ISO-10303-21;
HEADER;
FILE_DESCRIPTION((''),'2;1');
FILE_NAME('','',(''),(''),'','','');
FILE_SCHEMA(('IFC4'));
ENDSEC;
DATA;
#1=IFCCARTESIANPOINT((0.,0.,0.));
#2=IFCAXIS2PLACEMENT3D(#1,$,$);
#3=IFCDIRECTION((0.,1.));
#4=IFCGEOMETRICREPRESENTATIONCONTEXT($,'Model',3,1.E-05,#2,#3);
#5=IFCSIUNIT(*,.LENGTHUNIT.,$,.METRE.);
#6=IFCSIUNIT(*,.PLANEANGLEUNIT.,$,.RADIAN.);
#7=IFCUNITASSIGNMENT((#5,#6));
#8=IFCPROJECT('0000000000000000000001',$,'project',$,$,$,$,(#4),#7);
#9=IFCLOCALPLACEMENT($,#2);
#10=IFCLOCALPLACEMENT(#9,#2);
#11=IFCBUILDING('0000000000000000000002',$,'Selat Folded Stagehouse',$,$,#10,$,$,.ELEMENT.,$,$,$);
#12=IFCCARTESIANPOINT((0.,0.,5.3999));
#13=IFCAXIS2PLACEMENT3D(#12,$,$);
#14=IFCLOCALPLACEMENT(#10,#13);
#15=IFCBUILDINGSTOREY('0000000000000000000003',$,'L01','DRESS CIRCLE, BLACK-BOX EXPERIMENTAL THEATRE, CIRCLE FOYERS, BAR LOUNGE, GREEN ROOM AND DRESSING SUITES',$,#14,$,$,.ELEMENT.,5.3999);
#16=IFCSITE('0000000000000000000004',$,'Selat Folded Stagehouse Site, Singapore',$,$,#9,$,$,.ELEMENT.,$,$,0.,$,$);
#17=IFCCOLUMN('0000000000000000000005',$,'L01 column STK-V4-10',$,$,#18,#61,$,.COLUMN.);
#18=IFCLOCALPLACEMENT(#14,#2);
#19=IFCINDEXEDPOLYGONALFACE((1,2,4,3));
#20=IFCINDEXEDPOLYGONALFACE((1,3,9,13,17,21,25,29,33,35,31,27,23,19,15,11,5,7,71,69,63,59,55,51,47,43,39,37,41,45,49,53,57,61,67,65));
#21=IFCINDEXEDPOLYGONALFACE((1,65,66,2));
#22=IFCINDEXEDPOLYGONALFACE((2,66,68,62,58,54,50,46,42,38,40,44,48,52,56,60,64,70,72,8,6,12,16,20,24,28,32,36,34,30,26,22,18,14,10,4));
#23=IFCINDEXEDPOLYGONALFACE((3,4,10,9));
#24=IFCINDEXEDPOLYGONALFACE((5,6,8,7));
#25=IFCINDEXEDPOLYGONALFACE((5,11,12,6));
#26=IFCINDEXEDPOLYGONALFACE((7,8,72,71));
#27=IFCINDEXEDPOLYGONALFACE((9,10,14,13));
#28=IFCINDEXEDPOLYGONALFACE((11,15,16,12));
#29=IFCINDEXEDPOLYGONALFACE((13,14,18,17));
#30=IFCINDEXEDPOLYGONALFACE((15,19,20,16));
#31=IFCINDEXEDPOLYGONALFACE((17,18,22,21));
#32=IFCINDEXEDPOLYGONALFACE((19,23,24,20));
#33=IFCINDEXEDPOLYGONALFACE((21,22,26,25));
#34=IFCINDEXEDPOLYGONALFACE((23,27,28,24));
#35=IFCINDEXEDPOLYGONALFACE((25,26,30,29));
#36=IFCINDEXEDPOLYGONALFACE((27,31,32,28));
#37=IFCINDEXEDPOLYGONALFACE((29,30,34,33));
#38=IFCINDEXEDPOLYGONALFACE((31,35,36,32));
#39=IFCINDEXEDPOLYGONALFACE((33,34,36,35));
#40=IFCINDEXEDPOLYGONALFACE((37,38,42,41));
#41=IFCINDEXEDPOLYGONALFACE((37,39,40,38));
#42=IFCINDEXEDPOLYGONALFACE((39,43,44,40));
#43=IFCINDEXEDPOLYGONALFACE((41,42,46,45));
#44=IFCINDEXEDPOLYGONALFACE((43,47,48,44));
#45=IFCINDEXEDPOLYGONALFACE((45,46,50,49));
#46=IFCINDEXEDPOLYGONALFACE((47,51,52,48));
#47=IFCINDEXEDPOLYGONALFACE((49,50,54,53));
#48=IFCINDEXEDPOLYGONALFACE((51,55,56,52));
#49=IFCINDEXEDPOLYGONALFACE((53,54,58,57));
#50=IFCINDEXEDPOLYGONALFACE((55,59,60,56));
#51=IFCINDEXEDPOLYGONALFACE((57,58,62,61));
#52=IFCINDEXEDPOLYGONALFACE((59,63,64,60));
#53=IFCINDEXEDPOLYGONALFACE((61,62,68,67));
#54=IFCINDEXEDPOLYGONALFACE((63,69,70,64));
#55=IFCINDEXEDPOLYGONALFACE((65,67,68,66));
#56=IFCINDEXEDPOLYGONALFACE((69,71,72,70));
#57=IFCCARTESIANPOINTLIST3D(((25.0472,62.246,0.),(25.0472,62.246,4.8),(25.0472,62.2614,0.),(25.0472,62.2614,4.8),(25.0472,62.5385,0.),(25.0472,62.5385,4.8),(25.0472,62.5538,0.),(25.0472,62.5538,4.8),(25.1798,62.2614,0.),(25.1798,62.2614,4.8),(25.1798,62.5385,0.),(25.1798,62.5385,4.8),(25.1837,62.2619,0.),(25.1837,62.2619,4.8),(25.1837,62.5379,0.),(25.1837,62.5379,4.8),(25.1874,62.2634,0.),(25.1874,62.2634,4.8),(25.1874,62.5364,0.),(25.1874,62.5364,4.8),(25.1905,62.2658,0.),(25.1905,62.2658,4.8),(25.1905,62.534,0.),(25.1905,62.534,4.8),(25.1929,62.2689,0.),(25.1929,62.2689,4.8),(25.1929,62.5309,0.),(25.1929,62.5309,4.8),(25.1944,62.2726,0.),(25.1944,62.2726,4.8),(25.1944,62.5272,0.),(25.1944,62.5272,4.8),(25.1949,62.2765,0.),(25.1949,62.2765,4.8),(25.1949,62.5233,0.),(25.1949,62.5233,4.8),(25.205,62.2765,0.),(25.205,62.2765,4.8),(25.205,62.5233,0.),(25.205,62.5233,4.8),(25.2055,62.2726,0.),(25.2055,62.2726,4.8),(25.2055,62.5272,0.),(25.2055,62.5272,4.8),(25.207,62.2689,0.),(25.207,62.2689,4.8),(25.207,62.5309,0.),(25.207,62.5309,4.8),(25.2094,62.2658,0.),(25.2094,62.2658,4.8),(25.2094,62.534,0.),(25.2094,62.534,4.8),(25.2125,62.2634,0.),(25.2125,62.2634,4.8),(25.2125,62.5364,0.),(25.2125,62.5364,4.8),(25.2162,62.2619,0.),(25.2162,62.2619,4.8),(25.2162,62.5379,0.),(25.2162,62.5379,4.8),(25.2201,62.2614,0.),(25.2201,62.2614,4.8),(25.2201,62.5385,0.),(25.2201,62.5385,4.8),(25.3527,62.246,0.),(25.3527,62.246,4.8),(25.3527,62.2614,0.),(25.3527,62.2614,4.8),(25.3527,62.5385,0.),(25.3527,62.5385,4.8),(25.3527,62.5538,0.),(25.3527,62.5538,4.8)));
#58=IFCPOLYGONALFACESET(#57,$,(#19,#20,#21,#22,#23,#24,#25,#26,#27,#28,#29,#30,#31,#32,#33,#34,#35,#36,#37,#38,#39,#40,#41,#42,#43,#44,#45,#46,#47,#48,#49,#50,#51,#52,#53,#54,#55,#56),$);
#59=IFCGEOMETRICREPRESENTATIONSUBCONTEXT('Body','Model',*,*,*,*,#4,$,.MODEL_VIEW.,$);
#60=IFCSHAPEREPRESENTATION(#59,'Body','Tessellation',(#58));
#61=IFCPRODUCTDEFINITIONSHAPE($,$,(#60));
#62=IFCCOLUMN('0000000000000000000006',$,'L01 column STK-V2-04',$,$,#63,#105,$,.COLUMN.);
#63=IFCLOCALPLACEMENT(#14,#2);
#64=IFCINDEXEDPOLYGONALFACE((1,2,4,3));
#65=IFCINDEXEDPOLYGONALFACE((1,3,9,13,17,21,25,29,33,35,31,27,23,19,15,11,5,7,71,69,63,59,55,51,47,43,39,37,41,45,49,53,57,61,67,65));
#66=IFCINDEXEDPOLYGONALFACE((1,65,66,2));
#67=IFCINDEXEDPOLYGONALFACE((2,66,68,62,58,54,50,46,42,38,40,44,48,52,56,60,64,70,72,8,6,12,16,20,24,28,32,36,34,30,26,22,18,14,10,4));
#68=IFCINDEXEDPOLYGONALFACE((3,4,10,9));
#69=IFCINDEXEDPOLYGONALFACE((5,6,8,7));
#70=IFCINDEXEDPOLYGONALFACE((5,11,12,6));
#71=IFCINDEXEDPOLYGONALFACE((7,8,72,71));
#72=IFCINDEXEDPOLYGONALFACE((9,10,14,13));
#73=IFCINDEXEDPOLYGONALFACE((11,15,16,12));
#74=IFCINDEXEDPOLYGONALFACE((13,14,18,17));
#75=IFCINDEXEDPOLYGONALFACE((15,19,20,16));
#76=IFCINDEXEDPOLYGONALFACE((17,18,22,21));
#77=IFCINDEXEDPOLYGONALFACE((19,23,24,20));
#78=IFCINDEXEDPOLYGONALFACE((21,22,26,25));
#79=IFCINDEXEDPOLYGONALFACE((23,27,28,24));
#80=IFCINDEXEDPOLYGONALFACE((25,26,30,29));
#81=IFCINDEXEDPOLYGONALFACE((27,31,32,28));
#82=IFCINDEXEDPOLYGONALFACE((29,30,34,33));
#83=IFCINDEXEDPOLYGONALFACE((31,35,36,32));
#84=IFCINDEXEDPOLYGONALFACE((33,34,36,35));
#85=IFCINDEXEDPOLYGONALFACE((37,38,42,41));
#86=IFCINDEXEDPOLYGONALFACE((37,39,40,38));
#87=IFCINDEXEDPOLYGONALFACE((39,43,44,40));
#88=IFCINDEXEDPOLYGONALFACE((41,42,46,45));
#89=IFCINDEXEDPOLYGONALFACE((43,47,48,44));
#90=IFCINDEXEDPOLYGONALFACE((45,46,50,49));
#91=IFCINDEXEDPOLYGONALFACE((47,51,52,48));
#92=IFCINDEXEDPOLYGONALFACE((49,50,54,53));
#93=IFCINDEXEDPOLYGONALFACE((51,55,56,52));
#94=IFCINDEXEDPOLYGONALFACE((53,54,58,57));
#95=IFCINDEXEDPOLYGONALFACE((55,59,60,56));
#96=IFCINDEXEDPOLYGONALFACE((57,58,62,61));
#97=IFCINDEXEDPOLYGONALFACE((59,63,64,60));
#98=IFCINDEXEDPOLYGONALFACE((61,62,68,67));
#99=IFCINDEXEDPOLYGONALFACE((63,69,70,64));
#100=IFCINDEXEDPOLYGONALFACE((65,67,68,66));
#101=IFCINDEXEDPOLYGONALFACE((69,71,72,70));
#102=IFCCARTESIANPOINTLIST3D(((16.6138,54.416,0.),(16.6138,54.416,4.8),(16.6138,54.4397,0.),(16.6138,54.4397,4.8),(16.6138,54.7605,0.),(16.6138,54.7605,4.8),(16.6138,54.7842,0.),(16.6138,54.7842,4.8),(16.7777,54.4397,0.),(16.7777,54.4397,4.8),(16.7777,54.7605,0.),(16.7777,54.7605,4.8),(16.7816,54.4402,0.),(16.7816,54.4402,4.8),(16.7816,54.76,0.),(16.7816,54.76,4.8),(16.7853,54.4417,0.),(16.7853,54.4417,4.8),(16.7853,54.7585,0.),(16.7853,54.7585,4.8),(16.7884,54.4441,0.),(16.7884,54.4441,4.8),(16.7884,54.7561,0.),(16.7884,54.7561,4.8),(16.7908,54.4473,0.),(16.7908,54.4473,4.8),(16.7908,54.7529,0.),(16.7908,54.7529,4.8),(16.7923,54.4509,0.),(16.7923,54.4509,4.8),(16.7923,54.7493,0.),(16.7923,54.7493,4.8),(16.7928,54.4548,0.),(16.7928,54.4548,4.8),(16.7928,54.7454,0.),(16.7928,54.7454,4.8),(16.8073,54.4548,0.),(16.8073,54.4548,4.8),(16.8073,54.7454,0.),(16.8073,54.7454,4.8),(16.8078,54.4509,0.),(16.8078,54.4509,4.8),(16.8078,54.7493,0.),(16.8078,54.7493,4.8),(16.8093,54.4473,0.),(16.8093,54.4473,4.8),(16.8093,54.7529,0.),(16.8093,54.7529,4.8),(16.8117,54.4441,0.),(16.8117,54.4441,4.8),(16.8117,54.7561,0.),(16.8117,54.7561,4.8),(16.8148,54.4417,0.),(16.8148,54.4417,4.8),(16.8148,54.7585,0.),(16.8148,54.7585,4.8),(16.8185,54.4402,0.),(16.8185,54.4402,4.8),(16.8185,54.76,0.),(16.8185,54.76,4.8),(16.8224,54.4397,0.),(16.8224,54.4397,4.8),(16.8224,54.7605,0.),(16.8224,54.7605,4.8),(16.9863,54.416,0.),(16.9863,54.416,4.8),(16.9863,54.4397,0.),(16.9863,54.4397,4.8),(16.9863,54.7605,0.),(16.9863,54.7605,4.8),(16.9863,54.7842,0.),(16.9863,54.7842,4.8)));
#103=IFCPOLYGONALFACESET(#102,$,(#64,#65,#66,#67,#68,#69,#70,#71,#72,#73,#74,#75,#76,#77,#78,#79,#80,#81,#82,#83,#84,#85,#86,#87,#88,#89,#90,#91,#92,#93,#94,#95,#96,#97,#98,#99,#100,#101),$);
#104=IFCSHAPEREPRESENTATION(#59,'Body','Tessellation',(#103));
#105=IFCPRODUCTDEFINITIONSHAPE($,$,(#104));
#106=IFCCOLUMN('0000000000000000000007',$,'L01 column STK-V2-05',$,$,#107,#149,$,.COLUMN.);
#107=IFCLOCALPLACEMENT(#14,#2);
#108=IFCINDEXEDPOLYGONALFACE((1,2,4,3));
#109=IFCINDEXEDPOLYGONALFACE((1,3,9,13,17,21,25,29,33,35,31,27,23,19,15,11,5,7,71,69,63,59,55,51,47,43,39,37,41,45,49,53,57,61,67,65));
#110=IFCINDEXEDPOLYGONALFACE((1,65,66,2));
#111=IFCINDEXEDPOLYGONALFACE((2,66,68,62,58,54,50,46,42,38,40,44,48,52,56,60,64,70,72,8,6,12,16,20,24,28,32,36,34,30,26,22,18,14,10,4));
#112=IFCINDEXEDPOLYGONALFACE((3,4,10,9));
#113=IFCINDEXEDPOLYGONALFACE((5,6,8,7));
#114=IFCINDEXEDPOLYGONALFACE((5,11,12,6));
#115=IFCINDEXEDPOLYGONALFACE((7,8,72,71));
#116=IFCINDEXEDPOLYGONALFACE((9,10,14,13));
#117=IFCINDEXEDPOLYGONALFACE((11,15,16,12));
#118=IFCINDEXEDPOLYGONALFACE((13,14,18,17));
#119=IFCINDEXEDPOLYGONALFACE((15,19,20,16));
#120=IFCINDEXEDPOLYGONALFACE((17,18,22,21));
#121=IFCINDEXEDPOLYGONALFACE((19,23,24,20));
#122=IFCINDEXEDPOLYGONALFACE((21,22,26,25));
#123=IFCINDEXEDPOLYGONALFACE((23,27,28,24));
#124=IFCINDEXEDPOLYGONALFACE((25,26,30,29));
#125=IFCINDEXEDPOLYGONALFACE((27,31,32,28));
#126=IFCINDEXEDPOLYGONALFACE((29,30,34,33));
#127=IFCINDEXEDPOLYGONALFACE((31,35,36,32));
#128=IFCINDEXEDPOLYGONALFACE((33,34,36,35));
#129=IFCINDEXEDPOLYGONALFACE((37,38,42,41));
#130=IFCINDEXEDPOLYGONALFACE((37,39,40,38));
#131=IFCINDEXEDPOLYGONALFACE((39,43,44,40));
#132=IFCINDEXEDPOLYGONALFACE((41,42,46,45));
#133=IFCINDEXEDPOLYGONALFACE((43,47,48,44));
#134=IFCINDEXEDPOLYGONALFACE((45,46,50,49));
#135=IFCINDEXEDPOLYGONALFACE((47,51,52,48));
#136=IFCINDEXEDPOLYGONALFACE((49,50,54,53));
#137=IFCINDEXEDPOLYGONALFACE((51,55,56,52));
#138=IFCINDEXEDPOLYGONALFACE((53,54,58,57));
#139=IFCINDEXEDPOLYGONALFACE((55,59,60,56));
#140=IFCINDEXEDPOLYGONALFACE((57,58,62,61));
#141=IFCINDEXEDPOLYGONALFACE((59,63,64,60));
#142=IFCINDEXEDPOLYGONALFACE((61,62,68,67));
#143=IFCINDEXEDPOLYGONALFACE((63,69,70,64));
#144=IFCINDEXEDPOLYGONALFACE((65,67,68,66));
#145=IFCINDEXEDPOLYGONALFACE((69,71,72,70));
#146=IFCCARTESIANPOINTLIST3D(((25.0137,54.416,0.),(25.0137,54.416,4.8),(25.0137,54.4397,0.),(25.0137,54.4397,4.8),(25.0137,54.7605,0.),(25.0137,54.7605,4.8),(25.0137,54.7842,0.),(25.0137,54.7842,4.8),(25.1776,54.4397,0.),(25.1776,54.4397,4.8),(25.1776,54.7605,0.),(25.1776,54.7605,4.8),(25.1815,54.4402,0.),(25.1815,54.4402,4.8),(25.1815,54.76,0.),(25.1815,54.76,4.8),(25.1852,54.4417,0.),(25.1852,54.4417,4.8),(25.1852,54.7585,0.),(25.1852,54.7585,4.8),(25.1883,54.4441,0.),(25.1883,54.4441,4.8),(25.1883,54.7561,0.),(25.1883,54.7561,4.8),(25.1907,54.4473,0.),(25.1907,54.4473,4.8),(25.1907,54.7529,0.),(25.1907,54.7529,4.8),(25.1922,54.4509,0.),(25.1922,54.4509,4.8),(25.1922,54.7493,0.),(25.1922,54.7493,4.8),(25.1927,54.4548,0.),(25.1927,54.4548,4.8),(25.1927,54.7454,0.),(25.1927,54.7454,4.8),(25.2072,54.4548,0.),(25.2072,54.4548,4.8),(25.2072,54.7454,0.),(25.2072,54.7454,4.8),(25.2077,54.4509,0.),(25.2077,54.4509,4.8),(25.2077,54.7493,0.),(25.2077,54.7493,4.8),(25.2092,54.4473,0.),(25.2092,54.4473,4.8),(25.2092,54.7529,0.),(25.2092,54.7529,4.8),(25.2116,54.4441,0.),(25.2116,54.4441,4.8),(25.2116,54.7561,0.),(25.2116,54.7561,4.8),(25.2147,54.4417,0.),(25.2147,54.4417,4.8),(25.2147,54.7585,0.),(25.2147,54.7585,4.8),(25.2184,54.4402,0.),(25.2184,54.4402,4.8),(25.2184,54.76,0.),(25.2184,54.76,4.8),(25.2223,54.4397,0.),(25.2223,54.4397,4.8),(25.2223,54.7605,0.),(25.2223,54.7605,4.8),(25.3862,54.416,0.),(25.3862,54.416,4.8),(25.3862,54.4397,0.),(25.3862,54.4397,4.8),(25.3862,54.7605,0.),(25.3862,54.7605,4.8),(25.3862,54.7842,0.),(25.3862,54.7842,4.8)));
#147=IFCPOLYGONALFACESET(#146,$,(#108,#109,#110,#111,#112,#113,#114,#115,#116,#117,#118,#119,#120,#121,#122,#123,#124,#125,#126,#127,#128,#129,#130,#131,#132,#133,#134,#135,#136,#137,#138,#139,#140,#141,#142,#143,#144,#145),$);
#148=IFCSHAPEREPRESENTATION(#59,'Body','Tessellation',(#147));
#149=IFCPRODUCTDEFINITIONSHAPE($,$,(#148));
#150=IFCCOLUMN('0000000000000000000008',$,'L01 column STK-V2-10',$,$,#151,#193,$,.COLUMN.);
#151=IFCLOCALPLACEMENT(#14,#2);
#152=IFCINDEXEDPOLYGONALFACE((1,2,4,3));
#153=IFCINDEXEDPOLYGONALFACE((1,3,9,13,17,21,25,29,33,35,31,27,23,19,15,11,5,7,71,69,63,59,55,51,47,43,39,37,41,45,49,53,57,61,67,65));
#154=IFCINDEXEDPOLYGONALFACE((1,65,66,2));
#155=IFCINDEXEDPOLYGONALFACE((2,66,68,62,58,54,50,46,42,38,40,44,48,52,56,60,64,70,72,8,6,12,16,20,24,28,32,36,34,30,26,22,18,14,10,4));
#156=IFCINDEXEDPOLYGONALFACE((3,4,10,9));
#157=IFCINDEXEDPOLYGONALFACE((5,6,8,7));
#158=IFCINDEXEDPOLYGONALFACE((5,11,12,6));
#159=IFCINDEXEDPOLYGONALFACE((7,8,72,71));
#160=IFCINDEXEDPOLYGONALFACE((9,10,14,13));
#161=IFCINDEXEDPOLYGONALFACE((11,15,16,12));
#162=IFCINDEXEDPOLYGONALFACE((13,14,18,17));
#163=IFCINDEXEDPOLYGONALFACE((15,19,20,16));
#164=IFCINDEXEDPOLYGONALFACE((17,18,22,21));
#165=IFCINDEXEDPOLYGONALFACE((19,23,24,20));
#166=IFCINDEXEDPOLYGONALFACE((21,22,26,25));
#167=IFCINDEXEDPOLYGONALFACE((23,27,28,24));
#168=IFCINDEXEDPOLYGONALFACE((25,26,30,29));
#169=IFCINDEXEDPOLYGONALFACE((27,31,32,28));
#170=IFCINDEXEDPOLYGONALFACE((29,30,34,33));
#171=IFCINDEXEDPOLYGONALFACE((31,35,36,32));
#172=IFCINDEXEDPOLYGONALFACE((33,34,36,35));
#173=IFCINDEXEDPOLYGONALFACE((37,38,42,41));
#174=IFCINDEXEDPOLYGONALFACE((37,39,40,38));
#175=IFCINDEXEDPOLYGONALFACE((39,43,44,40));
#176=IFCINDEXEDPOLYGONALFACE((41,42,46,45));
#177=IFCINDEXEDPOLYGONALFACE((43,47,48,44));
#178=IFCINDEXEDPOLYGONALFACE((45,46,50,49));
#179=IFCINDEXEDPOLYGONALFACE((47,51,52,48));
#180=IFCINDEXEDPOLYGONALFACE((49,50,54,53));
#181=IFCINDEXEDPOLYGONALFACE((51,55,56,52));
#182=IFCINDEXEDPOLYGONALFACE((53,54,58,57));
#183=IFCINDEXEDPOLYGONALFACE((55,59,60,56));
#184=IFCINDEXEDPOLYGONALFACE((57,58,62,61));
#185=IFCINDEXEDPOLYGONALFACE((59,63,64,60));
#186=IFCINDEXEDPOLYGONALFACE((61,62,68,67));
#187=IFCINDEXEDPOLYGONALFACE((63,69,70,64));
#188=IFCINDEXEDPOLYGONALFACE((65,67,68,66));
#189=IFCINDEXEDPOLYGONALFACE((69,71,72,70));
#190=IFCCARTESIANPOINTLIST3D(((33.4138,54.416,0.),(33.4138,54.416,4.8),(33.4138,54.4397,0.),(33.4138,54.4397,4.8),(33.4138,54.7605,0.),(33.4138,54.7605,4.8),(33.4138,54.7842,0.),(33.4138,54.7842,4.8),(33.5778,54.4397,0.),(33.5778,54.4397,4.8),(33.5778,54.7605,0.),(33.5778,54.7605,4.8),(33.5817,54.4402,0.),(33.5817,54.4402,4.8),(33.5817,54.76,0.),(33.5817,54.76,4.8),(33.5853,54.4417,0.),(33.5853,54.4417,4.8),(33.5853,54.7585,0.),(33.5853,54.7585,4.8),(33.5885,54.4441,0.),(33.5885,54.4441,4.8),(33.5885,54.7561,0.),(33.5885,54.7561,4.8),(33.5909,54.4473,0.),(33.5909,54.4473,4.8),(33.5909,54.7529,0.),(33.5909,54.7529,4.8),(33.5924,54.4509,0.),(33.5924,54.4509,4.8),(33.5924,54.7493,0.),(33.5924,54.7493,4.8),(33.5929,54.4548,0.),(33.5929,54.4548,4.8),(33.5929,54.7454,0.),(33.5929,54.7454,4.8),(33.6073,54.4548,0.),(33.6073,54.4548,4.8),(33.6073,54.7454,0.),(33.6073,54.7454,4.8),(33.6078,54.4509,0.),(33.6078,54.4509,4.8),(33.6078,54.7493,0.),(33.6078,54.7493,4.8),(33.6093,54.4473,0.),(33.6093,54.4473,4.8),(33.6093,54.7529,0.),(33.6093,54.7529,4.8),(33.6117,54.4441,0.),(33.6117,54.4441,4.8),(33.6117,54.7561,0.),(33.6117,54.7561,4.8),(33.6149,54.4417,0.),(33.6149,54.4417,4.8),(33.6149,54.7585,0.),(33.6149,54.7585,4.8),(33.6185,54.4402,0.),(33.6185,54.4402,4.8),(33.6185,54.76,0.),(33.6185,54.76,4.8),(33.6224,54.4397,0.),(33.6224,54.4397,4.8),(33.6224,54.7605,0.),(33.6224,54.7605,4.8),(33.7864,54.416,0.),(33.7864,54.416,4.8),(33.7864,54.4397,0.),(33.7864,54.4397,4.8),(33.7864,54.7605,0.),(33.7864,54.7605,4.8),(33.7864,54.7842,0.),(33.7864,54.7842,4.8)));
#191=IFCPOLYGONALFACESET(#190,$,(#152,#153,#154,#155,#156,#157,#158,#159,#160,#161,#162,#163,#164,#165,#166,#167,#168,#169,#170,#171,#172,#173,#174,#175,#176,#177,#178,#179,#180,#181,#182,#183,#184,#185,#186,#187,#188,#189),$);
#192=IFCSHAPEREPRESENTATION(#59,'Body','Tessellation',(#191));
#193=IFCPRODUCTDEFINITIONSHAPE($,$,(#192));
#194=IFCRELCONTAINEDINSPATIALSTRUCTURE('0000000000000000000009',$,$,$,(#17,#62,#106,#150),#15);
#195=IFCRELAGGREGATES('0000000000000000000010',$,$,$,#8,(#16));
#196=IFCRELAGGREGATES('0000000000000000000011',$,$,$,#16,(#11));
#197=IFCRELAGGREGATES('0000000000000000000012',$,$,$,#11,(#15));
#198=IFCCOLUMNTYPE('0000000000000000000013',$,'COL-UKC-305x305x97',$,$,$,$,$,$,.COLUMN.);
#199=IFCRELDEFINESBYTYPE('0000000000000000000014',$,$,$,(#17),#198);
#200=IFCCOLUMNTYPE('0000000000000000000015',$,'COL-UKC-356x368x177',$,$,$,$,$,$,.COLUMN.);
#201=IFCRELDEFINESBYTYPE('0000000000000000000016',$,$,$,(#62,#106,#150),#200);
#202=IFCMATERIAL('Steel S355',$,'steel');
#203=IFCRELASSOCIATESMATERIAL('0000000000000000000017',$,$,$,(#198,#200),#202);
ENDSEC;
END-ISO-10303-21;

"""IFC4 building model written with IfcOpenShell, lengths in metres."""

from ifc_helpers import new_model, si_unit, direction, frame, origin, origin_2d, place, context, subcontext, project, spatial, i_section, extrude, material, material_profile, profile_set, type_object, element, save


model = new_model("IFC4")

# Units and contexts
model_context = context("Model", 3, precision=1e-05, world=origin(), true_north=direction((0.0, 1.0)))
body_context = subcontext(model_context, "Body", "Model", "MODEL_VIEW")
ifc_project = project(units=[si_unit("LENGTHUNIT", "METRE"), si_unit("PLANEANGLEUNIT", "RADIAN")], contexts=[model_context])

# Site, building, storey
site_placement = place(None, origin())
site = spatial("IfcSite", under=ifc_project, at=site_placement, Name="Selat Folded Stagehouse Site, Singapore", CompositionType="ELEMENT", RefElevation=0.0)
building_placement = place(site_placement, origin())
building = spatial("IfcBuilding", under=site, at=building_placement, Name="Selat Folded Stagehouse", CompositionType="ELEMENT")
storey_placement = place(building_placement, frame((0.0, 0.0, 5.3999)))
storey = spatial("IfcBuildingStorey", under=building, at=storey_placement, Name="L01", Description="DRESS CIRCLE, BLACK-BOX EXPERIMENTAL THEATRE, CIRCLE FOYERS, BAR LOUNGE, GREEN ROOM AND DRESSING SUITES", CompositionType="ELEMENT", Elevation=5.3999)

# Columns
ifc_material_1 = material(Name="Steel S355", Category="steel")
ifc_material_profile_1 = material_profile(ifc_material_1, i_section(OverallWidth=0.3054, OverallDepth=0.3079, WebThickness=0.01, FlangeThickness=0.0154, FilletRadius=0.0151, at=origin_2d()), Name="UKC 305x305x97")
ifc_profile_set_1 = profile_set([ifc_material_profile_1], Name="Steel S355")
column_type_1 = type_object("IfcColumnType", Name="COL-UKC-305x305x97", PredefinedType="COLUMN", material=ifc_profile_set_1)
column_1_placement = place(storey_placement, frame((25.2, 62.3999, 0.0), z_axis=(0.0, 0.0, 1.0), x_axis=(1.0, 0.0, 0.0)))
element("IfcColumn", 1, at=column_1_placement, inside=storey, type_object=column_type_1, Name="L01 column STK-V4-10", PredefinedType="COLUMN", context=body_context, shape_type="SweptSolid", body=[
    extrude(i_section(OverallWidth=0.3054, OverallDepth=0.3079, WebThickness=0.01, FlangeThickness=0.0154, FilletRadius=0.0151, at=origin_2d()), origin(), (0.0, 0.0, 1.0), 4.8),
])
ifc_material_profile_2 = material_profile(ifc_material_1, i_section(OverallWidth=0.3726, OverallDepth=0.3682, WebThickness=0.0144, FlangeThickness=0.0237, FilletRadius=0.0151, at=origin_2d()), Name="UKC 356x368x177")
ifc_profile_set_2 = profile_set([ifc_material_profile_2], Name="Steel S355")
column_type_2 = type_object("IfcColumnType", Name="COL-UKC-356x368x177", PredefinedType="COLUMN", material=ifc_profile_set_2)
for number, where, z_axis, x_axis, name in (
    (2, (16.8, 54.6001, 0.0), (0.0, 0.0, 1.0), (1.0, 0.0, 0.0), "L01 column STK-V2-04"),
    (3, (25.2, 54.6001, 0.0), (0.0, 0.0, 1.0), (1.0, 0.0, 0.0), "L01 column STK-V2-05"),
    (4, (33.6001, 54.6001, 0.0), (0.0, 0.0, 1.0), (1.0, 0.0, 0.0), "L01 column STK-V2-10"),
):
    element("IfcColumn", number, at=place(storey_placement, frame(where, z_axis=z_axis, x_axis=x_axis)), inside=storey, type_object=column_type_2, Name=name, PredefinedType="COLUMN", context=body_context, shape_type="SweptSolid", body=[
        extrude(i_section(OverallWidth=0.3726, OverallDepth=0.3682, WebThickness=0.0144, FlangeThickness=0.0237, FilletRadius=0.0151, at=origin_2d()), origin(), (0.0, 0.0, 1.0), 4.8),
    ])

save(model, "model.ifc")
